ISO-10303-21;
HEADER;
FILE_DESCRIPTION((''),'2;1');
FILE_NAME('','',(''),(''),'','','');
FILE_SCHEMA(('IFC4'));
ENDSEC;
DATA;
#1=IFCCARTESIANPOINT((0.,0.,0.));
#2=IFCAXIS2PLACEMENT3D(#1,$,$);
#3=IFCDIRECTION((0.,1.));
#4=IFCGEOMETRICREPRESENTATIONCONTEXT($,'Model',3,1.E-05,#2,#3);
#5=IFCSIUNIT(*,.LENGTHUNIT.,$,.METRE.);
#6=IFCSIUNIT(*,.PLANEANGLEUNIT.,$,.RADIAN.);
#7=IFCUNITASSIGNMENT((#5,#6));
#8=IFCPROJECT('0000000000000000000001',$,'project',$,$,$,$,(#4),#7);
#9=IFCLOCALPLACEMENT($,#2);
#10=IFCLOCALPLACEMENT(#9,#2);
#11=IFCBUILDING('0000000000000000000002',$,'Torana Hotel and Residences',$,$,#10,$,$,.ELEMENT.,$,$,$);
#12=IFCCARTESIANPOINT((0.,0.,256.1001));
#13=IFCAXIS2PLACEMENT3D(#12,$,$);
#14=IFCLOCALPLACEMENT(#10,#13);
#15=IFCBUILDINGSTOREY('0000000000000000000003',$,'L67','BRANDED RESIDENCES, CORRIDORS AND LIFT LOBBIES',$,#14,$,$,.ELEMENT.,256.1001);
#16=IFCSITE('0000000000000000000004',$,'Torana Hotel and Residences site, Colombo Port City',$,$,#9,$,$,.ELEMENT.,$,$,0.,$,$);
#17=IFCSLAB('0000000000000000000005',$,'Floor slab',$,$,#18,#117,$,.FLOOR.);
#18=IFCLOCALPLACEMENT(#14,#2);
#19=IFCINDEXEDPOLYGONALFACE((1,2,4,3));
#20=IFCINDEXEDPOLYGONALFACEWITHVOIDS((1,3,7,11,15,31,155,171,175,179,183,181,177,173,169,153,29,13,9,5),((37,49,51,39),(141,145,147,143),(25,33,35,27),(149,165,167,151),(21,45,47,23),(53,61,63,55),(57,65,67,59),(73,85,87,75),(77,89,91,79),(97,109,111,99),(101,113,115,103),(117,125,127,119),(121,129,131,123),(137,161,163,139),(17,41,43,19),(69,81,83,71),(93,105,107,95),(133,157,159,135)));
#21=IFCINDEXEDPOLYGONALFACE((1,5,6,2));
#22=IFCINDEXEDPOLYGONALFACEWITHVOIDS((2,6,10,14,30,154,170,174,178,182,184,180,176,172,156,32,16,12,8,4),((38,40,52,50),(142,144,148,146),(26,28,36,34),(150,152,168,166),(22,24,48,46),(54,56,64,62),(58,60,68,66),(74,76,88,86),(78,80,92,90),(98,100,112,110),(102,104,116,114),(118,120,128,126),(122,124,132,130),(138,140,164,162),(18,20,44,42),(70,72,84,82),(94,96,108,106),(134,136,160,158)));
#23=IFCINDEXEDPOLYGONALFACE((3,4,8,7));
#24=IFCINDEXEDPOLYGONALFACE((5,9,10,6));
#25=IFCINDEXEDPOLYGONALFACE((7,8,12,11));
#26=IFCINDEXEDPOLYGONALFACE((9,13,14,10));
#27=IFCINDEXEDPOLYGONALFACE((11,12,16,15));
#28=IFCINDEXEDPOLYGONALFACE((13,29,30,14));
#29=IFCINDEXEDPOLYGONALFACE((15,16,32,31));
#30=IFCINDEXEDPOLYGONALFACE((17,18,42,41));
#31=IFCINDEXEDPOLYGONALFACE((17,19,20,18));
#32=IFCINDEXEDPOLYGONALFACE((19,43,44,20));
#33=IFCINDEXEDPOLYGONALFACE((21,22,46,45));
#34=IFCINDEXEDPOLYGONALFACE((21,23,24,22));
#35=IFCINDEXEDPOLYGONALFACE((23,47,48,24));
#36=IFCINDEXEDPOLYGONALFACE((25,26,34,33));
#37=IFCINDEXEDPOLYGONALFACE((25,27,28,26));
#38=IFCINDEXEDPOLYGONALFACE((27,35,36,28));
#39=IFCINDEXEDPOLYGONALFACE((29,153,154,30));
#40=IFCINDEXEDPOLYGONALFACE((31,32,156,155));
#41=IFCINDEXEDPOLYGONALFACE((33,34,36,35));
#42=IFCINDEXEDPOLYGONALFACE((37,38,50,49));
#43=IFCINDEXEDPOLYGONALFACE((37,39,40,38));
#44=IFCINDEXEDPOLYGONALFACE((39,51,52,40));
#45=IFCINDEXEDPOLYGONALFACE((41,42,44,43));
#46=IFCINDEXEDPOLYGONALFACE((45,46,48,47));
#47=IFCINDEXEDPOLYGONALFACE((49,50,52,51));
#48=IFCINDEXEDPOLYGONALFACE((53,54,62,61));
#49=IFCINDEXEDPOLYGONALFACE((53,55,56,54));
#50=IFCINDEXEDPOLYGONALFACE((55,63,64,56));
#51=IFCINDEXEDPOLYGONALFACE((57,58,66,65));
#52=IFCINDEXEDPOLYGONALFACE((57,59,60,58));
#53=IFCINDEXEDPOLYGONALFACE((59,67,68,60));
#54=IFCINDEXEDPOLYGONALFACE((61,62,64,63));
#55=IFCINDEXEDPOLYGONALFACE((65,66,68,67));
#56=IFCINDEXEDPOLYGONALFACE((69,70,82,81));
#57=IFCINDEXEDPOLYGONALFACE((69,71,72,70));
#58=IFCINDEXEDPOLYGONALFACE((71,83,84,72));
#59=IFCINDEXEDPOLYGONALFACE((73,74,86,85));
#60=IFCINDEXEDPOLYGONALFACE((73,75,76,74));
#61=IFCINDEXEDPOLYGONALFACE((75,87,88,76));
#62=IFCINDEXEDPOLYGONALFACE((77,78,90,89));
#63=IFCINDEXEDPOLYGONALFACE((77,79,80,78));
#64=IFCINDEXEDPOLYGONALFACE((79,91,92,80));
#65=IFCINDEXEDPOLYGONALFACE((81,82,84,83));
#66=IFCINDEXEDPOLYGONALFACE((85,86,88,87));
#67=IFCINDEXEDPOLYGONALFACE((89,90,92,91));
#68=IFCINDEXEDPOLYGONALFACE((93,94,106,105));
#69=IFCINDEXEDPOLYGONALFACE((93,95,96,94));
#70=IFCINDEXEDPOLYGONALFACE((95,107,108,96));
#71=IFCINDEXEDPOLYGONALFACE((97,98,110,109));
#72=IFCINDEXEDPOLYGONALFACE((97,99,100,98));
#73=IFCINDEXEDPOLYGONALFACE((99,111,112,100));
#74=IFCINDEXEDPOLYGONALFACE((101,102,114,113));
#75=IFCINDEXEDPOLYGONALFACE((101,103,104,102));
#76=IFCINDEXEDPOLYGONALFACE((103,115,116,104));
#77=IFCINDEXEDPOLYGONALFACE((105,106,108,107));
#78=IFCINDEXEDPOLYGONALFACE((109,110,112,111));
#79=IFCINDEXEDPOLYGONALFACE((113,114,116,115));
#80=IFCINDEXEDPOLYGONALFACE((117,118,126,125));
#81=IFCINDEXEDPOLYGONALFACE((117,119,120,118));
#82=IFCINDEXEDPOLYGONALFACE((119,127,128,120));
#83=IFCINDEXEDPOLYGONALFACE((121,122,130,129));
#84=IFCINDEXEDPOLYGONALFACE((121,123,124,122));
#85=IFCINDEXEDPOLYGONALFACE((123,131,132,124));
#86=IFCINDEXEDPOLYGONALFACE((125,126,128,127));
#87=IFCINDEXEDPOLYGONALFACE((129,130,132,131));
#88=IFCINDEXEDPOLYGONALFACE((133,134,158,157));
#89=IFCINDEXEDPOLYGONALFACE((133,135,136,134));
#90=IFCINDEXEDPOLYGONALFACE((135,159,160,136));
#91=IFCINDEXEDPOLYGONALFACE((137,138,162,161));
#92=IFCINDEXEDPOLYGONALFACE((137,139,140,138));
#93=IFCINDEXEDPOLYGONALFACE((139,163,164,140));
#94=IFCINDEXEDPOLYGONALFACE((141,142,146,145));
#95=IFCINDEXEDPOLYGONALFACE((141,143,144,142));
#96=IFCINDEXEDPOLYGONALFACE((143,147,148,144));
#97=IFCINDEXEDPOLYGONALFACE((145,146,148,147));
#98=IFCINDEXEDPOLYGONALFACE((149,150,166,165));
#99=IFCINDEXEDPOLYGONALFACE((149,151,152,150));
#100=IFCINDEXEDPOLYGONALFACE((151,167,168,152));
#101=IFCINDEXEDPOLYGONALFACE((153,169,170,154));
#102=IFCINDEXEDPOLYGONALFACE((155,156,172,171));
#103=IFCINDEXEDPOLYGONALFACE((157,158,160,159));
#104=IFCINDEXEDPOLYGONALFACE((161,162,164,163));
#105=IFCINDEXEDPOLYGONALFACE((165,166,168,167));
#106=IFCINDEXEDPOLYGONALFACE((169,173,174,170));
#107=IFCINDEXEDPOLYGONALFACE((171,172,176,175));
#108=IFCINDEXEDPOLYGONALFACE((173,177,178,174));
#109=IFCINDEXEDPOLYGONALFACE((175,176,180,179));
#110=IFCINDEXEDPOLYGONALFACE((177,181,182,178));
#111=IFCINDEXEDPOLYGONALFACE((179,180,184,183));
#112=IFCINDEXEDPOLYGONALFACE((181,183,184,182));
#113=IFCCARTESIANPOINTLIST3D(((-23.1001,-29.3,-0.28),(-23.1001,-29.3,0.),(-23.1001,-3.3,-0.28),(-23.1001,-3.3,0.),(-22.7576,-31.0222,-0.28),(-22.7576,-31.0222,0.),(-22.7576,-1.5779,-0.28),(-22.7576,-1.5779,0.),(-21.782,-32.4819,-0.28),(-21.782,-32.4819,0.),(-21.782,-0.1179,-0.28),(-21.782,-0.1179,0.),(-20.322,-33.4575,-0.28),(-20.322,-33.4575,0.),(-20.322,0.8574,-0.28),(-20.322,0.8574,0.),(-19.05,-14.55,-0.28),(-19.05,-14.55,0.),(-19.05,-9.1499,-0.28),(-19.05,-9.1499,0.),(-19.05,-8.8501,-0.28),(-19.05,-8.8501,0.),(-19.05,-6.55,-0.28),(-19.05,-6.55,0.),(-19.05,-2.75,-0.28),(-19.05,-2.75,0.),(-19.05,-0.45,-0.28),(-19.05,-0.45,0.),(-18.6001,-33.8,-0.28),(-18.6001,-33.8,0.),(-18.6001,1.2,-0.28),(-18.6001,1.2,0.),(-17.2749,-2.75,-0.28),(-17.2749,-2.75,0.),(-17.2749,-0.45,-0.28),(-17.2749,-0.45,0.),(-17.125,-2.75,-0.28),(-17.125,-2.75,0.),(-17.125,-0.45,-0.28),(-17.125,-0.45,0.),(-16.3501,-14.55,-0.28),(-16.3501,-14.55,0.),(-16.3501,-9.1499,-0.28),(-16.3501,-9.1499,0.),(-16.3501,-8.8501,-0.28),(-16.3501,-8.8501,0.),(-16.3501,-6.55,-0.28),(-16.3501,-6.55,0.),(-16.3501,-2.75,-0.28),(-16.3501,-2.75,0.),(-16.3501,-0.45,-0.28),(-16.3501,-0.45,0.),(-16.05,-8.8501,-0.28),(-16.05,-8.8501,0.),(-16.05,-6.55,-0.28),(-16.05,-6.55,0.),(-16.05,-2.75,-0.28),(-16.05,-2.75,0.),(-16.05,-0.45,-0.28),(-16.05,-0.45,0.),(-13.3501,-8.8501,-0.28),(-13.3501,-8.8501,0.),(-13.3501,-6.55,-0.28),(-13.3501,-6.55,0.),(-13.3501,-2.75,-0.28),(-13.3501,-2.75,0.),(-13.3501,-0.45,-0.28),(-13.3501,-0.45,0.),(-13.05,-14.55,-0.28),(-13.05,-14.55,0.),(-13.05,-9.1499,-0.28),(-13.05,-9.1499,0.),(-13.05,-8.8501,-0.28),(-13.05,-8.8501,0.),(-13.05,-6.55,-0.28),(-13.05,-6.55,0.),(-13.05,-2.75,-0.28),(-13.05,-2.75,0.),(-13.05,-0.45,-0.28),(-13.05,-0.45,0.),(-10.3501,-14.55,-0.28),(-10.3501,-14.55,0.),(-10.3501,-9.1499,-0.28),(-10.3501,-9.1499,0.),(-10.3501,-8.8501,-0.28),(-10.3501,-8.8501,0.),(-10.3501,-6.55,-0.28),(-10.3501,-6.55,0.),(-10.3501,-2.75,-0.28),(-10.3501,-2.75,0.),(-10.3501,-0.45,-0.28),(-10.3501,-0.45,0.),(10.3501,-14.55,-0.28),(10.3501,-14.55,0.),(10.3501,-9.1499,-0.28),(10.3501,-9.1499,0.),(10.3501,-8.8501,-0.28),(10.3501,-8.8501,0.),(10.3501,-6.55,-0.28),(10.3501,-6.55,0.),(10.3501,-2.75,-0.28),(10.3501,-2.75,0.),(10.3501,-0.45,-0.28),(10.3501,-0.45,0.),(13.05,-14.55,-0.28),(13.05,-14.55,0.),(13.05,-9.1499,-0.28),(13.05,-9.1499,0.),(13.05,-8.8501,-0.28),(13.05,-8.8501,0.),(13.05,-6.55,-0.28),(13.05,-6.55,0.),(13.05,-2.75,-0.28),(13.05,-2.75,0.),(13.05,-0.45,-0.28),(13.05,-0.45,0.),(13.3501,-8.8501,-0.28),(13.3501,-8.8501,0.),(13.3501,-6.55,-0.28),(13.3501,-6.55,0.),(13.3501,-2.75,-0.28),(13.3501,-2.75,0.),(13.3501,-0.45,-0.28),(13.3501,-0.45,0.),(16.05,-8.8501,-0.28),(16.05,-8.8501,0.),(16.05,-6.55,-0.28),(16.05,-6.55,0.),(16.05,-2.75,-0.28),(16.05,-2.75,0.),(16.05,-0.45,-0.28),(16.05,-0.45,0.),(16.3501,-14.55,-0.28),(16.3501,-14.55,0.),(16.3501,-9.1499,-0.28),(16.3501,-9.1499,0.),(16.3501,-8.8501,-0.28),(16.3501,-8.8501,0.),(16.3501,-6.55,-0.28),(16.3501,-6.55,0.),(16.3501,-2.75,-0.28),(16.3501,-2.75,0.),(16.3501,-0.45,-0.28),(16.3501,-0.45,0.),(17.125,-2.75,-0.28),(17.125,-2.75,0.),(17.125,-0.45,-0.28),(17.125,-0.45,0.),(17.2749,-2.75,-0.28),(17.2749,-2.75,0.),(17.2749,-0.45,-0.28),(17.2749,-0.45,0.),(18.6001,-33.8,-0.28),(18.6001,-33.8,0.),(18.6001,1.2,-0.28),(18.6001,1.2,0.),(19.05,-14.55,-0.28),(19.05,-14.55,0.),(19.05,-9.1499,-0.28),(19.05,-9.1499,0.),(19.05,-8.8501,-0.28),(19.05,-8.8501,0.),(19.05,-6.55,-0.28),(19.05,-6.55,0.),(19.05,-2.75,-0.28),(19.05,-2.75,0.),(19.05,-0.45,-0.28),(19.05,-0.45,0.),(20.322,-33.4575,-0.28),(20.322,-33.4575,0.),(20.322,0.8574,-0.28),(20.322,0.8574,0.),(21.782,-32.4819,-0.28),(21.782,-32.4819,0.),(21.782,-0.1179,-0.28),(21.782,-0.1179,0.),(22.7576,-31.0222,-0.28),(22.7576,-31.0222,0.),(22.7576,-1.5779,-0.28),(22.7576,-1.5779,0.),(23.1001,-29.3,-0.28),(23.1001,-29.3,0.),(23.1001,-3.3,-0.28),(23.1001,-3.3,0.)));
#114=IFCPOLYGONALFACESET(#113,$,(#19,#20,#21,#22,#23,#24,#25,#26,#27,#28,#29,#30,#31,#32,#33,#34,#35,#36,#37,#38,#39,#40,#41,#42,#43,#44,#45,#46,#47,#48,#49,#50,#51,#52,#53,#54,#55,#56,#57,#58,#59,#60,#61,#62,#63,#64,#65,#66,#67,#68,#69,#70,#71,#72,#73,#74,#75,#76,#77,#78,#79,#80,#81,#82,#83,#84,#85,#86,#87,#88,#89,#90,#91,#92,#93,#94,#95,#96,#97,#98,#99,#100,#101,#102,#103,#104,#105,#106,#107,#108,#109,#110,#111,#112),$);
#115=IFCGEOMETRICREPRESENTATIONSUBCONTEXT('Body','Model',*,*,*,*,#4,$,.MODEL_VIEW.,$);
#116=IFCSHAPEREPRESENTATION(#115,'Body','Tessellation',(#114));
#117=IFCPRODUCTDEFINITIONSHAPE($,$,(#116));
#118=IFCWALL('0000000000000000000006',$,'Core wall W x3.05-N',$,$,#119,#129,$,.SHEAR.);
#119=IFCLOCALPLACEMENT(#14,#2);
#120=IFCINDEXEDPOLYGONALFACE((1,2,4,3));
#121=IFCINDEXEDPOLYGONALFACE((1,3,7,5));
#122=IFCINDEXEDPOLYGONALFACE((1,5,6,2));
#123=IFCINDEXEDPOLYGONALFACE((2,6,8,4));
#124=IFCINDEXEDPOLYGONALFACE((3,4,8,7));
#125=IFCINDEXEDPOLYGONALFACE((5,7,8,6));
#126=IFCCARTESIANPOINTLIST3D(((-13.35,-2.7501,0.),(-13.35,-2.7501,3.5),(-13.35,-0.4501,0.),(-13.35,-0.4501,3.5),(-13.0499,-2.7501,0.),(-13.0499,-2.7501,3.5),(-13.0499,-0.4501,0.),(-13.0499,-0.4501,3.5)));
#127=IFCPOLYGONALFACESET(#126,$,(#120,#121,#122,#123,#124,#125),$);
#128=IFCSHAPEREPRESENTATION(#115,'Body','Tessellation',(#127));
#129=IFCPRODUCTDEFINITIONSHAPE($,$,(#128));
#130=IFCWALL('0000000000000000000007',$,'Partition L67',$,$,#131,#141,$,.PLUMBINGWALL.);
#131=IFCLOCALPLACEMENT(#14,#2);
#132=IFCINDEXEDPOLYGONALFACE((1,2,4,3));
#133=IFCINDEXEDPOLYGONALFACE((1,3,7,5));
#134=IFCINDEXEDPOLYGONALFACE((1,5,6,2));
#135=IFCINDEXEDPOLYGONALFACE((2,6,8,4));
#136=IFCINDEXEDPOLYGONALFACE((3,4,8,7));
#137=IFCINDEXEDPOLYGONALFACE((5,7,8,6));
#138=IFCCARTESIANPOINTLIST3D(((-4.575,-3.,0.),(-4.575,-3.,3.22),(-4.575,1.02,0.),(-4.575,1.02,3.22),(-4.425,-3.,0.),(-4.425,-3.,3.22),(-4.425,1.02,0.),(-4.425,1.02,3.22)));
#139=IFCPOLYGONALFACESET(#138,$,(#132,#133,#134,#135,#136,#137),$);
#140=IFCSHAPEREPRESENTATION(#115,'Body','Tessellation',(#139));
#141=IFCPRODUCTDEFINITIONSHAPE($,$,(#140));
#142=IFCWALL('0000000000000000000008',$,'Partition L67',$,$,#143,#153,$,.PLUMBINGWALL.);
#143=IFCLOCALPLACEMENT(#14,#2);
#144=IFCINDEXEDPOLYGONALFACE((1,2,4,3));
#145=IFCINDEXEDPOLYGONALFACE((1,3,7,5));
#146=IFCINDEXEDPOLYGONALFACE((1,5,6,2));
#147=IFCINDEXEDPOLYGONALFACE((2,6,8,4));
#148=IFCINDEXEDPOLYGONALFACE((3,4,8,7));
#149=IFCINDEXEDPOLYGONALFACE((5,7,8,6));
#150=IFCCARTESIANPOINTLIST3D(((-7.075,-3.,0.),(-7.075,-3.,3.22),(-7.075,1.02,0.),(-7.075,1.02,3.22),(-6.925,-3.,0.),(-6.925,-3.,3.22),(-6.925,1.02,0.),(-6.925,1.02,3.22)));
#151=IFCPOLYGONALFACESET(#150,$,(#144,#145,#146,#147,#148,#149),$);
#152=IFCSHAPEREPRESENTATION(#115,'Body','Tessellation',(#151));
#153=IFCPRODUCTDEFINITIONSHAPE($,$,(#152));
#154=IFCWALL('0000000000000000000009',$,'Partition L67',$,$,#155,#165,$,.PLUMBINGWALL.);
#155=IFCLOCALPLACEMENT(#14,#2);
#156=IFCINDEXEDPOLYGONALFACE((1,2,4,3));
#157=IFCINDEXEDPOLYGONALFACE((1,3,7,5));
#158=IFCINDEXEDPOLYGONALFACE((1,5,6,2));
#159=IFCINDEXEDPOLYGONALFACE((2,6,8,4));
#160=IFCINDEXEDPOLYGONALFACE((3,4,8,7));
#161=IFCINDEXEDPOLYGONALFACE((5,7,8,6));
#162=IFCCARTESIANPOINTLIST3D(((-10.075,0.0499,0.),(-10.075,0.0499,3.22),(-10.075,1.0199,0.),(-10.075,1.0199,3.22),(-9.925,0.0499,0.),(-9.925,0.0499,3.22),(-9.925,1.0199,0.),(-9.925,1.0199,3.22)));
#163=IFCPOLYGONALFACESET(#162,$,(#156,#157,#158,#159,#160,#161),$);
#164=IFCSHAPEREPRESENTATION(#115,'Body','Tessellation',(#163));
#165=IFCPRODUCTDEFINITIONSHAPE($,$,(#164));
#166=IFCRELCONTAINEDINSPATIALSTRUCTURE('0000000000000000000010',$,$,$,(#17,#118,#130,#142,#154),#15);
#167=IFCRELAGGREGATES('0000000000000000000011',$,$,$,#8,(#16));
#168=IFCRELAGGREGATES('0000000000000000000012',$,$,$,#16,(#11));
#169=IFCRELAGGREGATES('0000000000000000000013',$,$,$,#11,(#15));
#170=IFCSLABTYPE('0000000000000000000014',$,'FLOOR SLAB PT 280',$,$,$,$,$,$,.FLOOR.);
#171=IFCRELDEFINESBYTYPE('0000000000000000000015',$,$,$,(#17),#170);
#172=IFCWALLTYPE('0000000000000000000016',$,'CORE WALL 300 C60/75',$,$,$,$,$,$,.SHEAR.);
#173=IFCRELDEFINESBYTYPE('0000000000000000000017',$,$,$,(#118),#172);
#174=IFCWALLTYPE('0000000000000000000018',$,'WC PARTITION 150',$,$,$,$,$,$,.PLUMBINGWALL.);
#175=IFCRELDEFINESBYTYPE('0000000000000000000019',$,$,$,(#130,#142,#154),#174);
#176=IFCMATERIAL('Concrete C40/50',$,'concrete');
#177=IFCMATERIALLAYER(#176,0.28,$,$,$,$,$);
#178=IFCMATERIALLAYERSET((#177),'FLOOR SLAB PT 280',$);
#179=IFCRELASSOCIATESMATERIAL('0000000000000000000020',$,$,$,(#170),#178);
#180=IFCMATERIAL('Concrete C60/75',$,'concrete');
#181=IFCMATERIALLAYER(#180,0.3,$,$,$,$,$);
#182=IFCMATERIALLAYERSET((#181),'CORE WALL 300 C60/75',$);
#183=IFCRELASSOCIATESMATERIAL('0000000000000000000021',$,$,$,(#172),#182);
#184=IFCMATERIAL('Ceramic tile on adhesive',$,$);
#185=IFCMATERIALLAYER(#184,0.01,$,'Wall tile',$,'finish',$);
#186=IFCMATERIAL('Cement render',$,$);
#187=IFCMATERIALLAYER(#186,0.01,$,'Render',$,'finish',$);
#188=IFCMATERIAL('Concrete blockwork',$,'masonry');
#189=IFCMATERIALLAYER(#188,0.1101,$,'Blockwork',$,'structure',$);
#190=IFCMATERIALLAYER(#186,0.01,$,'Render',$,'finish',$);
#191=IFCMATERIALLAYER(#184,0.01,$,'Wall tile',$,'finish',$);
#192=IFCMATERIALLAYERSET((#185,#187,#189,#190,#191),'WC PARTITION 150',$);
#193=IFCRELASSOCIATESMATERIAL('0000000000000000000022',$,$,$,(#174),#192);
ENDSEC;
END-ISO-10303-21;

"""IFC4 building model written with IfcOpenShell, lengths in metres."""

from ifc_helpers import new_model, si_unit, direction, frame, frame_2d, origin, place, context, subcontext, project, spatial, polyline, rectangle, outline, extrude, material, layer, layer_set, type_object, element, save


model = new_model("IFC4")

# Units and contexts
model_context = context("Model", 3, precision=1e-05, world=origin(), true_north=direction((0.0, 1.0)))
body_context = subcontext(model_context, "Body", "Model", "MODEL_VIEW")
ifc_project = project(units=[si_unit("LENGTHUNIT", "METRE"), si_unit("PLANEANGLEUNIT", "RADIAN")], contexts=[model_context])

# Site, building, storey
site_placement = place(None, origin())
site = spatial("IfcSite", under=ifc_project, at=site_placement, Name="Torana Hotel and Residences site, Colombo Port City", CompositionType="ELEMENT", RefElevation=0.0)
building_placement = place(site_placement, origin())
building = spatial("IfcBuilding", under=site, at=building_placement, Name="Torana Hotel and Residences", CompositionType="ELEMENT")
storey_placement = place(building_placement, frame((0.0, 0.0, 256.1001)))
storey = spatial("IfcBuildingStorey", under=building, at=storey_placement, Name="L67", Description="BRANDED RESIDENCES, CORRIDORS AND LIFT LOBBIES", CompositionType="ELEMENT", Elevation=256.1001)

# Slab
ifc_material_1 = material(Name="Concrete C40/50", Category="concrete")
ifc_layer_1 = layer(ifc_material_1, 0.28)
ifc_layer_set_1 = layer_set([ifc_layer_1], Name="FLOOR SLAB PT 280")
slab_type_1 = type_object("IfcSlabType", Name="FLOOR SLAB PT 280", PredefinedType="FLOOR", material=ifc_layer_set_1)
slab_1_placement = place(storey_placement, frame((0.0, 0.0, -0.28)))
element("IfcSlab", 1, at=slab_1_placement, inside=storey, type_object=slab_type_1, Name="Floor slab", PredefinedType="FLOOR", context=body_context, shape_type="SweptSolid", body=[
    extrude(outline(polyline([(23.1001, -3.3), (22.7576, -1.5779), (21.782, -0.1179), (20.322, 0.8574), (18.6001, 1.2), (-18.6001, 1.2), (-20.322, 0.8574), (-21.782, -0.1179), (-22.7576, -1.5779), (-23.1001, -3.3), (-23.1001, -29.3), (-22.7576, -31.0222), (-21.782, -32.4819), (-20.322, -33.4575), (-18.6001, -33.8), (18.6001, -33.8), (20.322, -33.4575), (21.782, -32.4819), (22.7576, -31.0222), (23.1001, -29.3), (23.1001, -3.3)]), holes=[polyline([(-13.05, -14.55), (-10.3501, -14.55), (-10.3501, -9.1499), (-13.05, -9.1499), (-13.05, -14.55)]), polyline([(-19.05, -14.55), (-16.3501, -14.55), (-16.3501, -9.1499), (-19.05, -9.1499), (-19.05, -14.55)]), polyline([(-17.125, -2.75), (-16.3501, -2.75), (-16.3501, -0.45), (-17.125, -0.45), (-17.125, -2.75)]), polyline([(-19.05, -2.75), (-17.2749, -2.75), (-17.2749, -0.45), (-19.05, -0.45), (-19.05, -2.75)]), polyline([(-13.05, -2.75), (-10.3501, -2.75), (-10.3501, -0.45), (-13.05, -0.45), (-13.05, -2.75)]), polyline([(-16.05, -2.75), (-13.3501, -2.75), (-13.3501, -0.45), (-16.05, -0.45), (-16.05, -2.75)]), polyline([(-13.05, -8.8501), (-10.3501, -8.8501), (-10.3501, -6.55), (-13.05, -6.55), (-13.05, -8.8501)]), polyline([(-16.05, -8.8501), (-13.3501, -8.8501), (-13.3501, -6.55), (-16.05, -6.55), (-16.05, -8.8501)]), polyline([(-19.05, -8.8501), (-16.3501, -8.8501), (-16.3501, -6.55), (-19.05, -6.55), (-19.05, -8.8501)]), polyline([(10.3501, -14.55), (13.05, -14.55), (13.05, -9.1499), (10.3501, -9.1499), (10.3501, -14.55)]), polyline([(16.3501, -14.55), (19.05, -14.55), (19.05, -9.1499), (16.3501, -9.1499), (16.3501, -14.55)]), polyline([(16.3501, -2.75), (17.125, -2.75), (17.125, -0.45), (16.3501, -0.45), (16.3501, -2.75)]), polyline([(17.2749, -2.75), (19.05, -2.75), (19.05, -0.45), (17.2749, -0.45), (17.2749, -2.75)]), polyline([(10.3501, -2.75), (13.05, -2.75), (13.05, -0.45), (10.3501, -0.45), (10.3501, -2.75)]), polyline([(13.3501, -2.75), (16.05, -2.75), (16.05, -0.45), (13.3501, -0.45), (13.3501, -2.75)]), polyline([(10.3501, -8.8501), (13.05, -8.8501), (13.05, -6.55), (10.3501, -6.55), (10.3501, -8.8501)]), polyline([(13.3501, -8.8501), (16.05, -8.8501), (16.05, -6.55), (13.3501, -6.55), (13.3501, -8.8501)]), polyline([(16.3501, -8.8501), (19.05, -8.8501), (19.05, -6.55), (16.3501, -6.55), (16.3501, -8.8501)])]), origin(), (0.0, 0.0, 1.0), 0.28),
])

# Walls
ifc_material_2 = material(Name="Concrete C60/75", Category="concrete")
ifc_layer_2 = layer(ifc_material_2, 0.3)
ifc_layer_set_2 = layer_set([ifc_layer_2], Name="CORE WALL 300 C60/75")
wall_type_1 = type_object("IfcWallType", Name="CORE WALL 300 C60/75", PredefinedType="SHEAR", material=ifc_layer_set_2)
wall_1_placement = place(storey_placement, frame((-13.2, -2.75, 0.0), z_axis=(0.0, 0.0, 1.0), x_axis=(0.0, 1.0, 0.0)))
element("IfcWall", 2, at=wall_1_placement, inside=storey, type_object=wall_type_1, Name="Core wall W x3.05-N", PredefinedType="SHEAR", context=body_context, shape_type="SweptSolid", body=[
    extrude(rectangle(XDim=2.3, YDim=0.3, at=frame_2d((1.1499, 0.0))), origin(), (0.0, 0.0, 1.0), 3.5),
])
ifc_material_3 = material(Name="Ceramic tile on adhesive")
ifc_layer_3 = layer(ifc_material_3, 0.01, Name="Wall tile", Category="finish")
ifc_material_4 = material(Name="Cement render")
ifc_layer_4 = layer(ifc_material_4, 0.01, Name="Render", Category="finish")
ifc_material_5 = material(Name="Concrete blockwork", Category="masonry")
ifc_layer_5 = layer(ifc_material_5, 0.1101, Name="Blockwork", Category="structure")
ifc_layer_6 = layer(ifc_material_4, 0.01, Name="Render", Category="finish")
ifc_layer_7 = layer(ifc_material_3, 0.01, Name="Wall tile", Category="finish")
ifc_layer_set_3 = layer_set([ifc_layer_3, ifc_layer_4, ifc_layer_5, ifc_layer_6, ifc_layer_7], Name="WC PARTITION 150")
wall_type_2 = type_object("IfcWallType", Name="WC PARTITION 150", PredefinedType="PLUMBINGWALL", material=ifc_layer_set_3)
for number, where, z_axis, x_axis, name in (
    (3, (-4.5, -3.0, 0.0), (0.0, 0.0, 1.0), (0.0, 1.0, 0.0), "Partition L67"),
    (4, (-7.0, -3.0, 0.0), (0.0, 0.0, 1.0), (0.0, 1.0, 0.0), "Partition L67"),
):
    element("IfcWall", number, at=place(storey_placement, frame(where, z_axis=z_axis, x_axis=x_axis)), inside=storey, type_object=wall_type_2, Name=name, PredefinedType="PLUMBINGWALL", context=body_context, shape_type="SweptSolid", body=[
        extrude(rectangle(XDim=4.02, YDim=0.1499, at=frame_2d((2.01, 0.0))), origin(), (0.0, 0.0, 1.0), 3.22),
    ])
wall_2_placement = place(storey_placement, frame((-10.0, 0.05, 0.0), z_axis=(0.0, 0.0, 1.0), x_axis=(0.0, 1.0, 0.0)))
element("IfcWall", 5, at=wall_2_placement, inside=storey, type_object=wall_type_2, Name="Partition L67", PredefinedType="PLUMBINGWALL", context=body_context, shape_type="SweptSolid", body=[
    extrude(rectangle(XDim=0.97, YDim=0.1499, at=frame_2d((0.4849, 0.0))), origin(), (0.0, 0.0, 1.0), 3.22),
])

save(model, "model.ifc")
